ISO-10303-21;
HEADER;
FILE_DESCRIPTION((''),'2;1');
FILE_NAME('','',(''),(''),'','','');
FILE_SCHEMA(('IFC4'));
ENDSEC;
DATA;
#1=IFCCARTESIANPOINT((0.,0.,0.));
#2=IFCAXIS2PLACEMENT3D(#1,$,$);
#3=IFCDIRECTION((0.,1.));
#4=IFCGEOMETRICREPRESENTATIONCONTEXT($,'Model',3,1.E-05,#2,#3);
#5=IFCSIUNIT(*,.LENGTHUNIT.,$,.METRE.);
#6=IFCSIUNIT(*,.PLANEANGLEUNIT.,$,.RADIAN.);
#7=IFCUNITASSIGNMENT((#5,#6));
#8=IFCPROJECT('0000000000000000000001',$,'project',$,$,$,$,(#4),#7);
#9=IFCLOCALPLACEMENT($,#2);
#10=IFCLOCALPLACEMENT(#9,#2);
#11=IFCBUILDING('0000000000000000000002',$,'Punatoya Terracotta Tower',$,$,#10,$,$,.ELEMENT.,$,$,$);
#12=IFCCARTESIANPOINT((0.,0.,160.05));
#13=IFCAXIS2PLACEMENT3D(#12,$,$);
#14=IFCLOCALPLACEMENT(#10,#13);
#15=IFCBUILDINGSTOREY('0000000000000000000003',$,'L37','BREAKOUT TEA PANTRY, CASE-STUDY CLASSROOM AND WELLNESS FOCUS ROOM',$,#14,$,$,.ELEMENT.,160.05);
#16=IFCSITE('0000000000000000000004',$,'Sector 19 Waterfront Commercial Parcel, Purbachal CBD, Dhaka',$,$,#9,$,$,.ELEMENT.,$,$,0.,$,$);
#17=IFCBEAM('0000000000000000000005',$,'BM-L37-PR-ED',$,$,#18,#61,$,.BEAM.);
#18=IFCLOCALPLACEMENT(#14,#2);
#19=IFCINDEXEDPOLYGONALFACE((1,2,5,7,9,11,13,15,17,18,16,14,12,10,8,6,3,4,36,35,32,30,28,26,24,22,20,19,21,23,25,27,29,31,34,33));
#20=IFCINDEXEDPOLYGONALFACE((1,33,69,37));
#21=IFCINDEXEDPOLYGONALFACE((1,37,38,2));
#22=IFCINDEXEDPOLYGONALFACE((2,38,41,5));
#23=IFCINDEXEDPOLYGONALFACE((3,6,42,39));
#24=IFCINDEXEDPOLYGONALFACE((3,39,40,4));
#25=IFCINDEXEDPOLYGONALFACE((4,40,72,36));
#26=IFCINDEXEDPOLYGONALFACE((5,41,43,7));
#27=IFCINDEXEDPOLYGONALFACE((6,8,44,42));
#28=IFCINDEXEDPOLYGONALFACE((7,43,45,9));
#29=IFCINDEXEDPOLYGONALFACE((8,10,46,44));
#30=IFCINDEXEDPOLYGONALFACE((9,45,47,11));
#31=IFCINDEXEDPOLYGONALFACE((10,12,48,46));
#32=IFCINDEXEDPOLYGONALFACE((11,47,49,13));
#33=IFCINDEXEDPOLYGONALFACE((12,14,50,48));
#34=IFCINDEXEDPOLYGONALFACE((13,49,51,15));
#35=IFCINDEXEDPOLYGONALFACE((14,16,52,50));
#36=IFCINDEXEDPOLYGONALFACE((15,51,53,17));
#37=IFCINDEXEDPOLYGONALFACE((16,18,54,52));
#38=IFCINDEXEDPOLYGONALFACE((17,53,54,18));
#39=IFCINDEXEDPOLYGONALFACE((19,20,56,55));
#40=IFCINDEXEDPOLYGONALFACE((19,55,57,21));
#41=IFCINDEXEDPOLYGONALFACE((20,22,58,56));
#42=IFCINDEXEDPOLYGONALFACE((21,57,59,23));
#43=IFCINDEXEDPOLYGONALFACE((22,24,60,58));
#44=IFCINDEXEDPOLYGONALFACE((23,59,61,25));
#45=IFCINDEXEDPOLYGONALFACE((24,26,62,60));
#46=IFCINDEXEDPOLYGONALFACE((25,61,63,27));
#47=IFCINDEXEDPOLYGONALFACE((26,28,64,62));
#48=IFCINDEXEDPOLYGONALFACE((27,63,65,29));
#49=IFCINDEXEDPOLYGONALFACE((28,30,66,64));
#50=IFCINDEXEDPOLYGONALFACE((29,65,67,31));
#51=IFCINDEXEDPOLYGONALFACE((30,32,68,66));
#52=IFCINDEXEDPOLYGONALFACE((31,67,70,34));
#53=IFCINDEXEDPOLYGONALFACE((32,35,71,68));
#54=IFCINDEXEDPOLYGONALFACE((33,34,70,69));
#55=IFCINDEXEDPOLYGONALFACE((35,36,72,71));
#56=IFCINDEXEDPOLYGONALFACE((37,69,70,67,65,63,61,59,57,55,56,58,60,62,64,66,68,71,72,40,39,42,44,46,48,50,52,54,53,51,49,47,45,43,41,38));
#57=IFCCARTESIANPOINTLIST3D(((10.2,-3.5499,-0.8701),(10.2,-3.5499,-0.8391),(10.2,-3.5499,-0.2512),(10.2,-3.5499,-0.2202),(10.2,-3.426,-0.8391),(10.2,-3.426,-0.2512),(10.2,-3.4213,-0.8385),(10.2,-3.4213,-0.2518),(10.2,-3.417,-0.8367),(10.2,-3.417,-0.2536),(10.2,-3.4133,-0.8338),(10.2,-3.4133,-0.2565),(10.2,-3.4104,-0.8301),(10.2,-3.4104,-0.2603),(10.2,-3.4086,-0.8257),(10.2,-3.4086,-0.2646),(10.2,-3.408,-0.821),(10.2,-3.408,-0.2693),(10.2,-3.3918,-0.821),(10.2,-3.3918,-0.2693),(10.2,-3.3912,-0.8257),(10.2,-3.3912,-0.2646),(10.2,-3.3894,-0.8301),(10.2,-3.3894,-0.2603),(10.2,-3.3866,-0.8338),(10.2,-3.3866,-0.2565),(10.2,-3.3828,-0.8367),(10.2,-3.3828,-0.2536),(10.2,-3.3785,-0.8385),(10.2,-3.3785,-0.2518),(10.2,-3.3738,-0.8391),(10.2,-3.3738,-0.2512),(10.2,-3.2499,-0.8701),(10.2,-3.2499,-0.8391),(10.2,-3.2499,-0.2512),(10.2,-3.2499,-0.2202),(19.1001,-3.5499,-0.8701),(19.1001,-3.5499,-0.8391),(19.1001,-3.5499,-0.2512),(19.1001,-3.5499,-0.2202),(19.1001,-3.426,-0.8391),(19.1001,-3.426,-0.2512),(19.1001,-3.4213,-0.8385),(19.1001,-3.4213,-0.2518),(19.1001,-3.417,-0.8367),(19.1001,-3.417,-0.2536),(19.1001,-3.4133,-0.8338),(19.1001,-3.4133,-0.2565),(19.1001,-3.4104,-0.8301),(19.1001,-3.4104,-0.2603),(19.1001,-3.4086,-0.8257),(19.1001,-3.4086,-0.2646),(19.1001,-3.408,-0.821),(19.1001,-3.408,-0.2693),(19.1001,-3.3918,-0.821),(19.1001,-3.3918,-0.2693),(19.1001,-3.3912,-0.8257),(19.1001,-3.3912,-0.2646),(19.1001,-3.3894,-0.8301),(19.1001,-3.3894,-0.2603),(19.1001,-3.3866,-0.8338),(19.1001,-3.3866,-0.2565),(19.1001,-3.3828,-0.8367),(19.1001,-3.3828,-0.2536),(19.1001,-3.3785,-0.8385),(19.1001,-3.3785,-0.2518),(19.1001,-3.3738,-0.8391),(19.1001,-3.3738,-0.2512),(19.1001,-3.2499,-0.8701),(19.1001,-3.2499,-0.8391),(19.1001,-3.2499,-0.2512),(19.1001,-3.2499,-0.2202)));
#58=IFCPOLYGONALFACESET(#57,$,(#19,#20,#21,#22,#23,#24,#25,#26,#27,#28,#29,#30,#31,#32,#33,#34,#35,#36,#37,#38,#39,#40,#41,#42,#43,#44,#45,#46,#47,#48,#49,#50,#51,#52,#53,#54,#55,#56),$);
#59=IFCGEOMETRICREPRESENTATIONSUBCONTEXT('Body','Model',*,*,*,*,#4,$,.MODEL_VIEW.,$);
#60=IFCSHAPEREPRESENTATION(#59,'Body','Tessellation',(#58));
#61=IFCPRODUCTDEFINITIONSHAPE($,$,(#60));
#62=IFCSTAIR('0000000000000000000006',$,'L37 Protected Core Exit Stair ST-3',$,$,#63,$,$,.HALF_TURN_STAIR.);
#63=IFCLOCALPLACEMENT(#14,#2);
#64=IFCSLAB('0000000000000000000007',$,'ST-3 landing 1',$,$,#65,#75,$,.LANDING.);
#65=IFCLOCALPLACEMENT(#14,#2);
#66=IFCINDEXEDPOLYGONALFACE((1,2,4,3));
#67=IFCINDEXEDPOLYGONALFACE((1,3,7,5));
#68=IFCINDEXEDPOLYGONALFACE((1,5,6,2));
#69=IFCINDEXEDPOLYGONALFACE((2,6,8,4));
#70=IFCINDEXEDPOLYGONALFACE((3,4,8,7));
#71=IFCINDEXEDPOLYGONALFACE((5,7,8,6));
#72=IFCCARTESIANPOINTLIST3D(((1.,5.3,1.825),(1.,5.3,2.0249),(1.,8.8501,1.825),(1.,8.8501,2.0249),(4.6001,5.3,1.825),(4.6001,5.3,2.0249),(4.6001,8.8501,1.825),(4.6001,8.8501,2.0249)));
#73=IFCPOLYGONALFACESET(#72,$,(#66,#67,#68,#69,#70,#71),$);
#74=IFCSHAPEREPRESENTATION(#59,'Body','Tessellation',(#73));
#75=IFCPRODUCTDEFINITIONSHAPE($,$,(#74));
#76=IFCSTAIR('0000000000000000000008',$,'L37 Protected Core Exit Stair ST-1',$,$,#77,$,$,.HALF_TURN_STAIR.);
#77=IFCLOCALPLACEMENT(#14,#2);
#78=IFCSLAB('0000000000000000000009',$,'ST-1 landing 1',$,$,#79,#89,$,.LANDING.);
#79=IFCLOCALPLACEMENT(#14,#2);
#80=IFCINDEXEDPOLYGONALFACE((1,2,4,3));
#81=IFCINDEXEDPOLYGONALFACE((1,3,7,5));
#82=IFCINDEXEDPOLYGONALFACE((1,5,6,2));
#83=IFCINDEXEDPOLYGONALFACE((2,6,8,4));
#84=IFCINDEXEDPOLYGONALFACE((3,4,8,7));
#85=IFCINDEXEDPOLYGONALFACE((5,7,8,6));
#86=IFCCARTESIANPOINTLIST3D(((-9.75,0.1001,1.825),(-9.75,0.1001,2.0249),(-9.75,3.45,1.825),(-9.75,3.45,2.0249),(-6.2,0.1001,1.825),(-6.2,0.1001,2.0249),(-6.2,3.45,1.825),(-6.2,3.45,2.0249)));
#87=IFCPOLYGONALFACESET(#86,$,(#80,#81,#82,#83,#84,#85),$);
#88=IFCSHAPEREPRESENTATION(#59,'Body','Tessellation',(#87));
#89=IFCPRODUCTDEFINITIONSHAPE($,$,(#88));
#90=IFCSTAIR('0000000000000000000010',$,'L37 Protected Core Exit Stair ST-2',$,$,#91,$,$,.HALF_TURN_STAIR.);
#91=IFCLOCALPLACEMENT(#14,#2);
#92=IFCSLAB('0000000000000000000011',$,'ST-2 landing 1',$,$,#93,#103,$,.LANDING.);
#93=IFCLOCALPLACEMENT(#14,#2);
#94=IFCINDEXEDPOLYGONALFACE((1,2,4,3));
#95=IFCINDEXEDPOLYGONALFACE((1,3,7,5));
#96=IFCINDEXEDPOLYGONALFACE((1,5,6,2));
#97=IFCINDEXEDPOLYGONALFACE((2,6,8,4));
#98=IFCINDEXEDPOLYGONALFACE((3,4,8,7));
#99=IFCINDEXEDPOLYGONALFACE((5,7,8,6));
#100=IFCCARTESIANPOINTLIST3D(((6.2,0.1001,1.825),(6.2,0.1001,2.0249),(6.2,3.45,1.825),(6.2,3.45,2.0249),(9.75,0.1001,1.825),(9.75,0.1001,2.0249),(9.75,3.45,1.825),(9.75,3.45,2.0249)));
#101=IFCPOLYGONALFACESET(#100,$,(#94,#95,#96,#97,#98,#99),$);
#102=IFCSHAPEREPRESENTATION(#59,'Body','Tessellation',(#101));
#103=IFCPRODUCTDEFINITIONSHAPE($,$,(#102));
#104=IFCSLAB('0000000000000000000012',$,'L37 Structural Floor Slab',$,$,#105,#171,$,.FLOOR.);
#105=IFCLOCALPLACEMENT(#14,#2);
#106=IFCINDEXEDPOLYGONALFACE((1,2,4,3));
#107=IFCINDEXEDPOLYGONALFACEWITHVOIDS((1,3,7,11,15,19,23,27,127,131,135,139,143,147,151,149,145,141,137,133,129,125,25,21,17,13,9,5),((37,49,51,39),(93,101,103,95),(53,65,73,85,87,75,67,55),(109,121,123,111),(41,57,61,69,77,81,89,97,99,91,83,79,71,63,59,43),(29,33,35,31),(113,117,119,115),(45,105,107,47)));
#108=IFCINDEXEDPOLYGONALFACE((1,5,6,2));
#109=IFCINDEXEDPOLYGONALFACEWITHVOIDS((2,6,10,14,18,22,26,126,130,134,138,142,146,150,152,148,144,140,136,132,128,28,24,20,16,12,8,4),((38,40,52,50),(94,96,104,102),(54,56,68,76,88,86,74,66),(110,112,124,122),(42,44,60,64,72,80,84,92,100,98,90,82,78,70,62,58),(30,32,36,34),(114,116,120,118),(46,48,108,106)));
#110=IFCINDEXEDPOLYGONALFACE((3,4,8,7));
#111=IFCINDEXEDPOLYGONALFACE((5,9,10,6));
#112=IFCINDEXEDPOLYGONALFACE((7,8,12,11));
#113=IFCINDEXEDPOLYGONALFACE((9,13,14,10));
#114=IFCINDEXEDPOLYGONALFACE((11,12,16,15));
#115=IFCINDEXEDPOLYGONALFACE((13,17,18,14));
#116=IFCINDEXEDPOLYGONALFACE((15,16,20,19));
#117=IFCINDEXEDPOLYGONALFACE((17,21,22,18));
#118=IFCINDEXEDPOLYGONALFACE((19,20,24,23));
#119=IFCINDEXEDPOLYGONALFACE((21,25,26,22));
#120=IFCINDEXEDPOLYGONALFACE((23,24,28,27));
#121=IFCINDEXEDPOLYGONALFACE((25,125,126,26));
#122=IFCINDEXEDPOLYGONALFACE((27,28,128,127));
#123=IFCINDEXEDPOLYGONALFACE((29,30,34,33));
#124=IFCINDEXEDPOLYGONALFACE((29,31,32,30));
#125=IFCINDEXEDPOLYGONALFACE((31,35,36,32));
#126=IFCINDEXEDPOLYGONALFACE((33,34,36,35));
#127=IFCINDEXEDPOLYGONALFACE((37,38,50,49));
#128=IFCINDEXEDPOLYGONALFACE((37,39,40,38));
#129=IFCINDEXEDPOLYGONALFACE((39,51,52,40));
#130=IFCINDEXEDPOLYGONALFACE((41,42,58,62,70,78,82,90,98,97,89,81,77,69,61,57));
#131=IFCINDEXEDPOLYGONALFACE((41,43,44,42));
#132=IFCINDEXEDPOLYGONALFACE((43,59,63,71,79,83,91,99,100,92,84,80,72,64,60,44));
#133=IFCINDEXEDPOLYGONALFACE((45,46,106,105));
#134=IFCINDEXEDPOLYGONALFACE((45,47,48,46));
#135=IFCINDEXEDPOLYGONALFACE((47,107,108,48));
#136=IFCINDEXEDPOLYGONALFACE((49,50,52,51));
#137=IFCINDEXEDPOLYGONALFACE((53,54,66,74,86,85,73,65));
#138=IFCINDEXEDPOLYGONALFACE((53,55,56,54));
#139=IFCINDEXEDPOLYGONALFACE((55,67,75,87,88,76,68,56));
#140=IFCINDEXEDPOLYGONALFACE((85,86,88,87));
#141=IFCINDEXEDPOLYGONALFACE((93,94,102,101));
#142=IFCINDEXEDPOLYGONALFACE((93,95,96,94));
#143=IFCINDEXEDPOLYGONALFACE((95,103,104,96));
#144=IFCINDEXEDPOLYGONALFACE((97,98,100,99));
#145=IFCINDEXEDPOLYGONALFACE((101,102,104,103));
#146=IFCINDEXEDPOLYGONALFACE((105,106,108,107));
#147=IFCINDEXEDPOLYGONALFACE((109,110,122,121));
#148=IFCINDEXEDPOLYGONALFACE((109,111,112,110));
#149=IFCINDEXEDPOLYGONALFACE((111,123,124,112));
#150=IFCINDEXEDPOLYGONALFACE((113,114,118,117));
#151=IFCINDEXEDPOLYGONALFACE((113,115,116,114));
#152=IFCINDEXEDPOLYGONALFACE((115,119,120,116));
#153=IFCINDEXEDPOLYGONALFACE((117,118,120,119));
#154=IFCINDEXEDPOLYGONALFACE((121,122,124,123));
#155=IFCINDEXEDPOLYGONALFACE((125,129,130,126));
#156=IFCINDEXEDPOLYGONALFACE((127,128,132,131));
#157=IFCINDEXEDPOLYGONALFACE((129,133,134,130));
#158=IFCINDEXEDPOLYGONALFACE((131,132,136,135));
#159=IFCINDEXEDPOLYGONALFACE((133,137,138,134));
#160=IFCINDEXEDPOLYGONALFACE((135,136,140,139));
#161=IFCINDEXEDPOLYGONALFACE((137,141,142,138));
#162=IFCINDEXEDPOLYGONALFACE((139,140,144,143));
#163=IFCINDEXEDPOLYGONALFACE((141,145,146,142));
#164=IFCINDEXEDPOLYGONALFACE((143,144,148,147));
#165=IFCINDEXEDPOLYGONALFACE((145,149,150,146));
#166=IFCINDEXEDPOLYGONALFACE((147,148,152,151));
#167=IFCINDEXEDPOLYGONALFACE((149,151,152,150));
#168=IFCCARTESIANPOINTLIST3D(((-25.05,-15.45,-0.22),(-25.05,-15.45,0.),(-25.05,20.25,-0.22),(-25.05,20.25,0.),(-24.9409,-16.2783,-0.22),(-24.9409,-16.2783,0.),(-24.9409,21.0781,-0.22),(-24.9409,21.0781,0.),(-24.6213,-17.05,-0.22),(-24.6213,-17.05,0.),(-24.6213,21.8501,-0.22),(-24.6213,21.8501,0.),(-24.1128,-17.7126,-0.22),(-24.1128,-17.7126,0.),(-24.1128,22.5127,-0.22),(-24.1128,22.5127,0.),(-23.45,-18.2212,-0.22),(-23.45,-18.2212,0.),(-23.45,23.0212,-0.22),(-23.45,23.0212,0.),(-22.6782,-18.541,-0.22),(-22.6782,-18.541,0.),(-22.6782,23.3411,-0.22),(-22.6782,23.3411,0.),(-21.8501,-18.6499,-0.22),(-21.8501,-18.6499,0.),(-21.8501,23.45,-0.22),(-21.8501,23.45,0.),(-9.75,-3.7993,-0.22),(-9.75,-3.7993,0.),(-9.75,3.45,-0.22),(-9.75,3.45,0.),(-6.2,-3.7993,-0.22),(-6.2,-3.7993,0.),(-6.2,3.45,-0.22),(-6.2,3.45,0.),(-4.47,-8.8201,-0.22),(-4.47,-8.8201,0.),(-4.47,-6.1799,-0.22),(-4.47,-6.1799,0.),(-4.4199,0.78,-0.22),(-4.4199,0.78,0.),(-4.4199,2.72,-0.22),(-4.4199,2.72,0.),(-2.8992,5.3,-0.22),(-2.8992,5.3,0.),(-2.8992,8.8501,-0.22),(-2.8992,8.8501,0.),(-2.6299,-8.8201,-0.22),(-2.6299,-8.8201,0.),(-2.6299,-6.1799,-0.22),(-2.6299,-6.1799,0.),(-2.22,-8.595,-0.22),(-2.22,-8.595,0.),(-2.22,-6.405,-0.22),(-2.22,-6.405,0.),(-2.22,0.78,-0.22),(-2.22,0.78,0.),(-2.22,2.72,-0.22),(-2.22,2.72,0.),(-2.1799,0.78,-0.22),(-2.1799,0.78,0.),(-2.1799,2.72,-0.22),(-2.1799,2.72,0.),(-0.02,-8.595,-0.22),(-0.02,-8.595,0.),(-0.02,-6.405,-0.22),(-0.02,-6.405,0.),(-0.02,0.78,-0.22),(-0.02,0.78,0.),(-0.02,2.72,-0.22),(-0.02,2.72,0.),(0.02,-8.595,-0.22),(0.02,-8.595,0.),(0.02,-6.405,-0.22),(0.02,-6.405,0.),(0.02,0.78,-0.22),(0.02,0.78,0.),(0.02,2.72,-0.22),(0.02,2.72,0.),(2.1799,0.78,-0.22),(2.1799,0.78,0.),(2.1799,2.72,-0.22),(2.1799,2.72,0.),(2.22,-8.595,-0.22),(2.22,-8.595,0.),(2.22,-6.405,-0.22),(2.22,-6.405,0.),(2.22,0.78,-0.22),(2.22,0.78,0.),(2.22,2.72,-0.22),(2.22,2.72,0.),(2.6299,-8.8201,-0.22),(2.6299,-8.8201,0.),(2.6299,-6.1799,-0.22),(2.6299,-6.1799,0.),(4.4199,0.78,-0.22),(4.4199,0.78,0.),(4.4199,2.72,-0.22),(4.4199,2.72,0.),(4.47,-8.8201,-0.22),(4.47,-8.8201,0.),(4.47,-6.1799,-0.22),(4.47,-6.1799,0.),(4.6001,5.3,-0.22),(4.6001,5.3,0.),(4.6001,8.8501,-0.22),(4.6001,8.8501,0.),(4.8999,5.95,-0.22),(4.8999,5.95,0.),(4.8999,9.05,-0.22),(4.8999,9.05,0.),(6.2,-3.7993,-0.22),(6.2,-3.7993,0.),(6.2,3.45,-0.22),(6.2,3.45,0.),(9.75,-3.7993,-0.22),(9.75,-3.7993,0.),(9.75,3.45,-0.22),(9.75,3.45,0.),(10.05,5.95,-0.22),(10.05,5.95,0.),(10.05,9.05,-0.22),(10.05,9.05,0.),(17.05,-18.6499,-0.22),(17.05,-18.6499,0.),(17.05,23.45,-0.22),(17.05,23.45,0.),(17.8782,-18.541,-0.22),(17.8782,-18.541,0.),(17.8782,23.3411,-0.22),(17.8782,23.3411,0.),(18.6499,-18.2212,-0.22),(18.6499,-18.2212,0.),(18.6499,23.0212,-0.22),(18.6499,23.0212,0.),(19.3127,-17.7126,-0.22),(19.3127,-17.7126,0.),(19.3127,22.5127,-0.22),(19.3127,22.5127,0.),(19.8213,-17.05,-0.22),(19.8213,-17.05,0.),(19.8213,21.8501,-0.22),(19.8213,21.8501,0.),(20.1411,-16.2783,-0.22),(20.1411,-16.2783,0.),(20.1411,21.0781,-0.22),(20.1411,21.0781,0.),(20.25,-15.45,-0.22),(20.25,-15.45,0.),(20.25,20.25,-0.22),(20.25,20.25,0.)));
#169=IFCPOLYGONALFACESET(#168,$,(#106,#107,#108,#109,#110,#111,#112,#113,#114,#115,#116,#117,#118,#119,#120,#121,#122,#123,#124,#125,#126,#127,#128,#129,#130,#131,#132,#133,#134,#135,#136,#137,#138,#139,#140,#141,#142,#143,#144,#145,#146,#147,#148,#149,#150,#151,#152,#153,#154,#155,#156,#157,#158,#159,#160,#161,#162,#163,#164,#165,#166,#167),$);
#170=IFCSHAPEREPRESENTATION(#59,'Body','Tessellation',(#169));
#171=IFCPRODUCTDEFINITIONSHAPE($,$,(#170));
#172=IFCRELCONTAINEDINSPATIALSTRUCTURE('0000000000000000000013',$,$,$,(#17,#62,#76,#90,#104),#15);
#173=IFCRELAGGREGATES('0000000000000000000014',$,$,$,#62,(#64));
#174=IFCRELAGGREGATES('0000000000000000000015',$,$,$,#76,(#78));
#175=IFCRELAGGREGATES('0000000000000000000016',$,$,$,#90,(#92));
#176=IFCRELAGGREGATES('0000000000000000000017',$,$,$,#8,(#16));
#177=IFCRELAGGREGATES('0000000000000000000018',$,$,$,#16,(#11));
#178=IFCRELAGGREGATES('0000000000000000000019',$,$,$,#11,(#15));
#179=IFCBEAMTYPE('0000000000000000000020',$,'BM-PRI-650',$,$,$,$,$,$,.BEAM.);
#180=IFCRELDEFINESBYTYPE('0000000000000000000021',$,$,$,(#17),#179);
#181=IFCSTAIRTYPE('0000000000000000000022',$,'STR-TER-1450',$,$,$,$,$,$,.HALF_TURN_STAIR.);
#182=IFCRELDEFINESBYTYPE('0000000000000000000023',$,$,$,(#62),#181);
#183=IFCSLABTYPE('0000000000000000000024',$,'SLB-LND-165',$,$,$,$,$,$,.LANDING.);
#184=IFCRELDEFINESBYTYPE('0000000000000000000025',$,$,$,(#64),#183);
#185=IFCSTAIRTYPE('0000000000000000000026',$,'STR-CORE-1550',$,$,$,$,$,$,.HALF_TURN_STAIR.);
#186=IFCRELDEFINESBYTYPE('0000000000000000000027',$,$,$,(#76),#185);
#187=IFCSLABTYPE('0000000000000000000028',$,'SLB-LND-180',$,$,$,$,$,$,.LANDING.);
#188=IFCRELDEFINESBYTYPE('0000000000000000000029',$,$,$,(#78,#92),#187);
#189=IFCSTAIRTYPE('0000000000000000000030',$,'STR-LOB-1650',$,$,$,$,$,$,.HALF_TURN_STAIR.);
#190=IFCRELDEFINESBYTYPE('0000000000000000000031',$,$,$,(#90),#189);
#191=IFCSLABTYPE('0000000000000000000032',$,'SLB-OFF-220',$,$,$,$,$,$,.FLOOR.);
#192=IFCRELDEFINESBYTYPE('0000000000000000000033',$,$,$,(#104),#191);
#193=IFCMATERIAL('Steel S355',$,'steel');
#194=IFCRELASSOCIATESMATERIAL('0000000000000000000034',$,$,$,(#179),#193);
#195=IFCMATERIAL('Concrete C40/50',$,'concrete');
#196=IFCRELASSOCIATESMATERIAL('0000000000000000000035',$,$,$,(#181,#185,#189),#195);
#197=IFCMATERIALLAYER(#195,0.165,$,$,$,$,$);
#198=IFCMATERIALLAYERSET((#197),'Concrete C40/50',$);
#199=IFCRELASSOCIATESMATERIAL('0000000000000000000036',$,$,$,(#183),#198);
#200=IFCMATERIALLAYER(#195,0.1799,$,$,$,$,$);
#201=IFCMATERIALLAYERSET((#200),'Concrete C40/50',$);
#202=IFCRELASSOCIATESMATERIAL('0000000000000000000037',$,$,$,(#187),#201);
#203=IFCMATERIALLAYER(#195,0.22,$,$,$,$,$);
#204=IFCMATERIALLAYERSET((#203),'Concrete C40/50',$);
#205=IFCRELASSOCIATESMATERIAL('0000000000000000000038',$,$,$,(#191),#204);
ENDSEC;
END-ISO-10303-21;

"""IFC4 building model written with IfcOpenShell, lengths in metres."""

from ifc_helpers import new_model, si_unit, direction, frame, origin, origin_2d, place, context, subcontext, project, spatial, polyline, i_section, outline, extrude, material, layer, layer_set, material_profile, profile_set, type_object, element, aggregate, save


model = new_model("IFC4")

# Units and contexts
model_context = context("Model", 3, precision=1e-05, world=origin(), true_north=direction((0.0, 1.0)))
body_context = subcontext(model_context, "Body", "Model", "MODEL_VIEW")
ifc_project = project(units=[si_unit("LENGTHUNIT", "METRE"), si_unit("PLANEANGLEUNIT", "RADIAN")], contexts=[model_context])

# Site, building, storey
site_placement = place(None, origin())
site = spatial("IfcSite", under=ifc_project, at=site_placement, Name="Sector 19 Waterfront Commercial Parcel, Purbachal CBD, Dhaka", CompositionType="ELEMENT", RefElevation=0.0)
building_placement = place(site_placement, origin())
building = spatial("IfcBuilding", under=site, at=building_placement, Name="Punatoya Terracotta Tower", CompositionType="ELEMENT")
storey_placement = place(building_placement, frame((0.0, 0.0, 160.05)))
storey = spatial("IfcBuildingStorey", under=building, at=storey_placement, Name="L37", Description="BREAKOUT TEA PANTRY, CASE-STUDY CLASSROOM AND WELLNESS FOCUS ROOM", CompositionType="ELEMENT", Elevation=160.05)

# Beam
ifc_material_1 = material(Name="Steel S355", Category="steel")
ifc_material_profile = material_profile(ifc_material_1, i_section(OverallWidth=0.3, OverallDepth=0.6499, WebThickness=0.0161, FlangeThickness=0.031, FilletRadius=0.0181, at=origin_2d()))
ifc_profile_set = profile_set([ifc_material_profile], Name="Steel S355")
beam_type = type_object("IfcBeamType", Name="BM-PRI-650", PredefinedType="BEAM", material=ifc_profile_set)
beam_placement = place(storey_placement, frame((10.2, -3.3999, -0.5452), z_axis=(1.0, 0.0, 0.0), x_axis=(0.0, 1.0, 0.0)))
element("IfcBeam", 1, at=beam_placement, inside=storey, type_object=beam_type, Name="BM-L37-PR-ED", PredefinedType="BEAM", context=body_context, shape_type="SweptSolid", body=[
    extrude(i_section(OverallWidth=0.3, OverallDepth=0.6499, WebThickness=0.0161, FlangeThickness=0.031, FilletRadius=0.0181, at=origin_2d()), origin(), (0.0, 0.0, 1.0), 8.9001),
])

# Stairs, slabs
ifc_material_2 = material(Name="Concrete C40/50", Category="concrete")
stair_type_1 = type_object("IfcStairType", Name="STR-TER-1450", PredefinedType="HALF_TURN_STAIR", material=ifc_material_2)
stair_1_placement = place(storey_placement, origin())
stair_1 = element("IfcStair", 2, at=stair_1_placement, inside=storey, type_object=stair_type_1, Name="L37 Protected Core Exit Stair ST-3", PredefinedType="HALF_TURN_STAIR")
ifc_layer_1 = layer(ifc_material_2, 0.165)
ifc_layer_set_1 = layer_set([ifc_layer_1], Name="Concrete C40/50")
slab_type_1 = type_object("IfcSlabType", Name="SLB-LND-165", PredefinedType="LANDING", material=ifc_layer_set_1)
slab_1_placement = place(storey_placement, frame((0.0, 0.0, 1.825)))
slab_1 = element("IfcSlab", 3, at=slab_1_placement, type_object=slab_type_1, Name="ST-3 landing 1", PredefinedType="LANDING", context=body_context, shape_type="SweptSolid", body=[
    extrude(outline(polyline([(1.0, 5.3), (4.6001, 5.3), (4.6001, 8.8501), (1.0, 8.8501), (1.0, 5.3)])), origin(), (0.0, 0.0, 1.0), 0.2),
])
aggregate(stair_1, [slab_1])
stair_type_2 = type_object("IfcStairType", Name="STR-CORE-1550", PredefinedType="HALF_TURN_STAIR", material=ifc_material_2)
stair_2_placement = place(storey_placement, origin())
stair_2 = element("IfcStair", 4, at=stair_2_placement, inside=storey, type_object=stair_type_2, Name="L37 Protected Core Exit Stair ST-1", PredefinedType="HALF_TURN_STAIR")
ifc_layer_2 = layer(ifc_material_2, 0.1799)
ifc_layer_set_2 = layer_set([ifc_layer_2], Name="Concrete C40/50")
slab_type_2 = type_object("IfcSlabType", Name="SLB-LND-180", PredefinedType="LANDING", material=ifc_layer_set_2)
slab_2_placement = place(storey_placement, frame((0.0, 0.0, 1.825)))
slab_2 = element("IfcSlab", 5, at=slab_2_placement, type_object=slab_type_2, Name="ST-1 landing 1", PredefinedType="LANDING", context=body_context, shape_type="SweptSolid", body=[
    extrude(outline(polyline([(-6.2, 0.1001), (-6.2, 3.45), (-9.75, 3.45), (-9.75, 0.1001), (-6.2, 0.1001)])), origin(), (0.0, 0.0, 1.0), 0.2),
])
aggregate(stair_2, [slab_2])
stair_type_3 = type_object("IfcStairType", Name="STR-LOB-1650", PredefinedType="HALF_TURN_STAIR", material=ifc_material_2)
stair_3_placement = place(storey_placement, origin())
stair_3 = element("IfcStair", 6, at=stair_3_placement, inside=storey, type_object=stair_type_3, Name="L37 Protected Core Exit Stair ST-2", PredefinedType="HALF_TURN_STAIR")
slab_3_placement = place(storey_placement, frame((0.0, 0.0, 1.825)))
slab_3 = element("IfcSlab", 7, at=slab_3_placement, type_object=slab_type_2, Name="ST-2 landing 1", PredefinedType="LANDING", context=body_context, shape_type="SweptSolid", body=[
    extrude(outline(polyline([(9.75, 0.1001), (9.75, 3.45), (6.2, 3.45), (6.2, 0.1001), (9.75, 0.1001)])), origin(), (0.0, 0.0, 1.0), 0.2),
])

# Slab
ifc_layer_3 = layer(ifc_material_2, 0.22)
ifc_layer_set_3 = layer_set([ifc_layer_3], Name="Concrete C40/50")
slab_type_3 = type_object("IfcSlabType", Name="SLB-OFF-220", PredefinedType="FLOOR", material=ifc_layer_set_3)
slab_4_placement = place(storey_placement, frame((0.0, 0.0, -0.22)))
element("IfcSlab", 8, at=slab_4_placement, inside=storey, type_object=slab_type_3, Name="L37 Structural Floor Slab", PredefinedType="FLOOR", context=body_context, shape_type="SweptSolid", body=[
    extrude(outline(polyline([(-21.8501, -18.6499), (-22.6782, -18.541), (-23.45, -18.2212), (-24.1128, -17.7126), (-24.6213, -17.05), (-24.9409, -16.2783), (-25.05, -15.45), (-25.05, 20.25), (-24.9409, 21.0781), (-24.6213, 21.8501), (-24.1128, 22.5127), (-23.45, 23.0212), (-22.6782, 23.3411), (-21.8501, 23.45), (17.05, 23.45), (17.8782, 23.3411), (18.6499, 23.0212), (19.3127, 22.5127), (19.8213, 21.8501), (20.1411, 21.0781), (20.25, 20.25), (20.25, -15.45), (20.1411, -16.2783), (19.8213, -17.05), (19.3127, -17.7126), (18.6499, -18.2212), (17.8782, -18.541), (17.05, -18.6499), (-21.8501, -18.6499)]), holes=[polyline([(-2.6299, -6.1799), (-4.47, -6.1799), (-4.47, -8.8201), (-2.6299, -8.8201), (-2.6299, -6.1799)]), polyline([(0.02, -8.595), (2.22, -8.595), (2.22, -6.405), (0.02, -6.405), (-0.02, -6.405), (-2.22, -6.405), (-2.22, -8.595), (-0.02, -8.595), (0.02, -8.595)]), polyline([(-6.2, 3.45), (-9.75, 3.45), (-9.75, -3.7993), (-6.2, -3.7993), (-6.2, 3.45)]), polyline([(-4.4199, 2.72), (-4.4199, 0.78), (-2.22, 0.78), (-2.1799, 0.78), (-0.02, 0.78), (0.02, 0.78), (2.1799, 0.78), (2.22, 0.78), (4.4199, 0.78), (4.4199, 2.72), (2.22, 2.72), (2.1799, 2.72), (0.02, 2.72), (-0.02, 2.72), (-2.1799, 2.72), (-2.22, 2.72), (-4.4199, 2.72)]), polyline([(4.6001, 5.3), (4.6001, 8.8501), (-2.8992, 8.8501), (-2.8992, 5.3), (4.6001, 5.3)]), polyline([(4.47, -8.8201), (4.47, -6.1799), (2.6299, -6.1799), (2.6299, -8.8201), (4.47, -8.8201)]), polyline([(9.75, 3.45), (6.2, 3.45), (6.2, -3.7993), (9.75, -3.7993), (9.75, 3.45)]), polyline([(10.05, 5.95), (10.05, 9.05), (4.8999, 9.05), (4.8999, 5.95), (10.05, 5.95)])]), origin(), (0.0, 0.0, 1.0), 0.22),
])

aggregate(stair_3, [slab_3])

save(model, "model.ifc")
